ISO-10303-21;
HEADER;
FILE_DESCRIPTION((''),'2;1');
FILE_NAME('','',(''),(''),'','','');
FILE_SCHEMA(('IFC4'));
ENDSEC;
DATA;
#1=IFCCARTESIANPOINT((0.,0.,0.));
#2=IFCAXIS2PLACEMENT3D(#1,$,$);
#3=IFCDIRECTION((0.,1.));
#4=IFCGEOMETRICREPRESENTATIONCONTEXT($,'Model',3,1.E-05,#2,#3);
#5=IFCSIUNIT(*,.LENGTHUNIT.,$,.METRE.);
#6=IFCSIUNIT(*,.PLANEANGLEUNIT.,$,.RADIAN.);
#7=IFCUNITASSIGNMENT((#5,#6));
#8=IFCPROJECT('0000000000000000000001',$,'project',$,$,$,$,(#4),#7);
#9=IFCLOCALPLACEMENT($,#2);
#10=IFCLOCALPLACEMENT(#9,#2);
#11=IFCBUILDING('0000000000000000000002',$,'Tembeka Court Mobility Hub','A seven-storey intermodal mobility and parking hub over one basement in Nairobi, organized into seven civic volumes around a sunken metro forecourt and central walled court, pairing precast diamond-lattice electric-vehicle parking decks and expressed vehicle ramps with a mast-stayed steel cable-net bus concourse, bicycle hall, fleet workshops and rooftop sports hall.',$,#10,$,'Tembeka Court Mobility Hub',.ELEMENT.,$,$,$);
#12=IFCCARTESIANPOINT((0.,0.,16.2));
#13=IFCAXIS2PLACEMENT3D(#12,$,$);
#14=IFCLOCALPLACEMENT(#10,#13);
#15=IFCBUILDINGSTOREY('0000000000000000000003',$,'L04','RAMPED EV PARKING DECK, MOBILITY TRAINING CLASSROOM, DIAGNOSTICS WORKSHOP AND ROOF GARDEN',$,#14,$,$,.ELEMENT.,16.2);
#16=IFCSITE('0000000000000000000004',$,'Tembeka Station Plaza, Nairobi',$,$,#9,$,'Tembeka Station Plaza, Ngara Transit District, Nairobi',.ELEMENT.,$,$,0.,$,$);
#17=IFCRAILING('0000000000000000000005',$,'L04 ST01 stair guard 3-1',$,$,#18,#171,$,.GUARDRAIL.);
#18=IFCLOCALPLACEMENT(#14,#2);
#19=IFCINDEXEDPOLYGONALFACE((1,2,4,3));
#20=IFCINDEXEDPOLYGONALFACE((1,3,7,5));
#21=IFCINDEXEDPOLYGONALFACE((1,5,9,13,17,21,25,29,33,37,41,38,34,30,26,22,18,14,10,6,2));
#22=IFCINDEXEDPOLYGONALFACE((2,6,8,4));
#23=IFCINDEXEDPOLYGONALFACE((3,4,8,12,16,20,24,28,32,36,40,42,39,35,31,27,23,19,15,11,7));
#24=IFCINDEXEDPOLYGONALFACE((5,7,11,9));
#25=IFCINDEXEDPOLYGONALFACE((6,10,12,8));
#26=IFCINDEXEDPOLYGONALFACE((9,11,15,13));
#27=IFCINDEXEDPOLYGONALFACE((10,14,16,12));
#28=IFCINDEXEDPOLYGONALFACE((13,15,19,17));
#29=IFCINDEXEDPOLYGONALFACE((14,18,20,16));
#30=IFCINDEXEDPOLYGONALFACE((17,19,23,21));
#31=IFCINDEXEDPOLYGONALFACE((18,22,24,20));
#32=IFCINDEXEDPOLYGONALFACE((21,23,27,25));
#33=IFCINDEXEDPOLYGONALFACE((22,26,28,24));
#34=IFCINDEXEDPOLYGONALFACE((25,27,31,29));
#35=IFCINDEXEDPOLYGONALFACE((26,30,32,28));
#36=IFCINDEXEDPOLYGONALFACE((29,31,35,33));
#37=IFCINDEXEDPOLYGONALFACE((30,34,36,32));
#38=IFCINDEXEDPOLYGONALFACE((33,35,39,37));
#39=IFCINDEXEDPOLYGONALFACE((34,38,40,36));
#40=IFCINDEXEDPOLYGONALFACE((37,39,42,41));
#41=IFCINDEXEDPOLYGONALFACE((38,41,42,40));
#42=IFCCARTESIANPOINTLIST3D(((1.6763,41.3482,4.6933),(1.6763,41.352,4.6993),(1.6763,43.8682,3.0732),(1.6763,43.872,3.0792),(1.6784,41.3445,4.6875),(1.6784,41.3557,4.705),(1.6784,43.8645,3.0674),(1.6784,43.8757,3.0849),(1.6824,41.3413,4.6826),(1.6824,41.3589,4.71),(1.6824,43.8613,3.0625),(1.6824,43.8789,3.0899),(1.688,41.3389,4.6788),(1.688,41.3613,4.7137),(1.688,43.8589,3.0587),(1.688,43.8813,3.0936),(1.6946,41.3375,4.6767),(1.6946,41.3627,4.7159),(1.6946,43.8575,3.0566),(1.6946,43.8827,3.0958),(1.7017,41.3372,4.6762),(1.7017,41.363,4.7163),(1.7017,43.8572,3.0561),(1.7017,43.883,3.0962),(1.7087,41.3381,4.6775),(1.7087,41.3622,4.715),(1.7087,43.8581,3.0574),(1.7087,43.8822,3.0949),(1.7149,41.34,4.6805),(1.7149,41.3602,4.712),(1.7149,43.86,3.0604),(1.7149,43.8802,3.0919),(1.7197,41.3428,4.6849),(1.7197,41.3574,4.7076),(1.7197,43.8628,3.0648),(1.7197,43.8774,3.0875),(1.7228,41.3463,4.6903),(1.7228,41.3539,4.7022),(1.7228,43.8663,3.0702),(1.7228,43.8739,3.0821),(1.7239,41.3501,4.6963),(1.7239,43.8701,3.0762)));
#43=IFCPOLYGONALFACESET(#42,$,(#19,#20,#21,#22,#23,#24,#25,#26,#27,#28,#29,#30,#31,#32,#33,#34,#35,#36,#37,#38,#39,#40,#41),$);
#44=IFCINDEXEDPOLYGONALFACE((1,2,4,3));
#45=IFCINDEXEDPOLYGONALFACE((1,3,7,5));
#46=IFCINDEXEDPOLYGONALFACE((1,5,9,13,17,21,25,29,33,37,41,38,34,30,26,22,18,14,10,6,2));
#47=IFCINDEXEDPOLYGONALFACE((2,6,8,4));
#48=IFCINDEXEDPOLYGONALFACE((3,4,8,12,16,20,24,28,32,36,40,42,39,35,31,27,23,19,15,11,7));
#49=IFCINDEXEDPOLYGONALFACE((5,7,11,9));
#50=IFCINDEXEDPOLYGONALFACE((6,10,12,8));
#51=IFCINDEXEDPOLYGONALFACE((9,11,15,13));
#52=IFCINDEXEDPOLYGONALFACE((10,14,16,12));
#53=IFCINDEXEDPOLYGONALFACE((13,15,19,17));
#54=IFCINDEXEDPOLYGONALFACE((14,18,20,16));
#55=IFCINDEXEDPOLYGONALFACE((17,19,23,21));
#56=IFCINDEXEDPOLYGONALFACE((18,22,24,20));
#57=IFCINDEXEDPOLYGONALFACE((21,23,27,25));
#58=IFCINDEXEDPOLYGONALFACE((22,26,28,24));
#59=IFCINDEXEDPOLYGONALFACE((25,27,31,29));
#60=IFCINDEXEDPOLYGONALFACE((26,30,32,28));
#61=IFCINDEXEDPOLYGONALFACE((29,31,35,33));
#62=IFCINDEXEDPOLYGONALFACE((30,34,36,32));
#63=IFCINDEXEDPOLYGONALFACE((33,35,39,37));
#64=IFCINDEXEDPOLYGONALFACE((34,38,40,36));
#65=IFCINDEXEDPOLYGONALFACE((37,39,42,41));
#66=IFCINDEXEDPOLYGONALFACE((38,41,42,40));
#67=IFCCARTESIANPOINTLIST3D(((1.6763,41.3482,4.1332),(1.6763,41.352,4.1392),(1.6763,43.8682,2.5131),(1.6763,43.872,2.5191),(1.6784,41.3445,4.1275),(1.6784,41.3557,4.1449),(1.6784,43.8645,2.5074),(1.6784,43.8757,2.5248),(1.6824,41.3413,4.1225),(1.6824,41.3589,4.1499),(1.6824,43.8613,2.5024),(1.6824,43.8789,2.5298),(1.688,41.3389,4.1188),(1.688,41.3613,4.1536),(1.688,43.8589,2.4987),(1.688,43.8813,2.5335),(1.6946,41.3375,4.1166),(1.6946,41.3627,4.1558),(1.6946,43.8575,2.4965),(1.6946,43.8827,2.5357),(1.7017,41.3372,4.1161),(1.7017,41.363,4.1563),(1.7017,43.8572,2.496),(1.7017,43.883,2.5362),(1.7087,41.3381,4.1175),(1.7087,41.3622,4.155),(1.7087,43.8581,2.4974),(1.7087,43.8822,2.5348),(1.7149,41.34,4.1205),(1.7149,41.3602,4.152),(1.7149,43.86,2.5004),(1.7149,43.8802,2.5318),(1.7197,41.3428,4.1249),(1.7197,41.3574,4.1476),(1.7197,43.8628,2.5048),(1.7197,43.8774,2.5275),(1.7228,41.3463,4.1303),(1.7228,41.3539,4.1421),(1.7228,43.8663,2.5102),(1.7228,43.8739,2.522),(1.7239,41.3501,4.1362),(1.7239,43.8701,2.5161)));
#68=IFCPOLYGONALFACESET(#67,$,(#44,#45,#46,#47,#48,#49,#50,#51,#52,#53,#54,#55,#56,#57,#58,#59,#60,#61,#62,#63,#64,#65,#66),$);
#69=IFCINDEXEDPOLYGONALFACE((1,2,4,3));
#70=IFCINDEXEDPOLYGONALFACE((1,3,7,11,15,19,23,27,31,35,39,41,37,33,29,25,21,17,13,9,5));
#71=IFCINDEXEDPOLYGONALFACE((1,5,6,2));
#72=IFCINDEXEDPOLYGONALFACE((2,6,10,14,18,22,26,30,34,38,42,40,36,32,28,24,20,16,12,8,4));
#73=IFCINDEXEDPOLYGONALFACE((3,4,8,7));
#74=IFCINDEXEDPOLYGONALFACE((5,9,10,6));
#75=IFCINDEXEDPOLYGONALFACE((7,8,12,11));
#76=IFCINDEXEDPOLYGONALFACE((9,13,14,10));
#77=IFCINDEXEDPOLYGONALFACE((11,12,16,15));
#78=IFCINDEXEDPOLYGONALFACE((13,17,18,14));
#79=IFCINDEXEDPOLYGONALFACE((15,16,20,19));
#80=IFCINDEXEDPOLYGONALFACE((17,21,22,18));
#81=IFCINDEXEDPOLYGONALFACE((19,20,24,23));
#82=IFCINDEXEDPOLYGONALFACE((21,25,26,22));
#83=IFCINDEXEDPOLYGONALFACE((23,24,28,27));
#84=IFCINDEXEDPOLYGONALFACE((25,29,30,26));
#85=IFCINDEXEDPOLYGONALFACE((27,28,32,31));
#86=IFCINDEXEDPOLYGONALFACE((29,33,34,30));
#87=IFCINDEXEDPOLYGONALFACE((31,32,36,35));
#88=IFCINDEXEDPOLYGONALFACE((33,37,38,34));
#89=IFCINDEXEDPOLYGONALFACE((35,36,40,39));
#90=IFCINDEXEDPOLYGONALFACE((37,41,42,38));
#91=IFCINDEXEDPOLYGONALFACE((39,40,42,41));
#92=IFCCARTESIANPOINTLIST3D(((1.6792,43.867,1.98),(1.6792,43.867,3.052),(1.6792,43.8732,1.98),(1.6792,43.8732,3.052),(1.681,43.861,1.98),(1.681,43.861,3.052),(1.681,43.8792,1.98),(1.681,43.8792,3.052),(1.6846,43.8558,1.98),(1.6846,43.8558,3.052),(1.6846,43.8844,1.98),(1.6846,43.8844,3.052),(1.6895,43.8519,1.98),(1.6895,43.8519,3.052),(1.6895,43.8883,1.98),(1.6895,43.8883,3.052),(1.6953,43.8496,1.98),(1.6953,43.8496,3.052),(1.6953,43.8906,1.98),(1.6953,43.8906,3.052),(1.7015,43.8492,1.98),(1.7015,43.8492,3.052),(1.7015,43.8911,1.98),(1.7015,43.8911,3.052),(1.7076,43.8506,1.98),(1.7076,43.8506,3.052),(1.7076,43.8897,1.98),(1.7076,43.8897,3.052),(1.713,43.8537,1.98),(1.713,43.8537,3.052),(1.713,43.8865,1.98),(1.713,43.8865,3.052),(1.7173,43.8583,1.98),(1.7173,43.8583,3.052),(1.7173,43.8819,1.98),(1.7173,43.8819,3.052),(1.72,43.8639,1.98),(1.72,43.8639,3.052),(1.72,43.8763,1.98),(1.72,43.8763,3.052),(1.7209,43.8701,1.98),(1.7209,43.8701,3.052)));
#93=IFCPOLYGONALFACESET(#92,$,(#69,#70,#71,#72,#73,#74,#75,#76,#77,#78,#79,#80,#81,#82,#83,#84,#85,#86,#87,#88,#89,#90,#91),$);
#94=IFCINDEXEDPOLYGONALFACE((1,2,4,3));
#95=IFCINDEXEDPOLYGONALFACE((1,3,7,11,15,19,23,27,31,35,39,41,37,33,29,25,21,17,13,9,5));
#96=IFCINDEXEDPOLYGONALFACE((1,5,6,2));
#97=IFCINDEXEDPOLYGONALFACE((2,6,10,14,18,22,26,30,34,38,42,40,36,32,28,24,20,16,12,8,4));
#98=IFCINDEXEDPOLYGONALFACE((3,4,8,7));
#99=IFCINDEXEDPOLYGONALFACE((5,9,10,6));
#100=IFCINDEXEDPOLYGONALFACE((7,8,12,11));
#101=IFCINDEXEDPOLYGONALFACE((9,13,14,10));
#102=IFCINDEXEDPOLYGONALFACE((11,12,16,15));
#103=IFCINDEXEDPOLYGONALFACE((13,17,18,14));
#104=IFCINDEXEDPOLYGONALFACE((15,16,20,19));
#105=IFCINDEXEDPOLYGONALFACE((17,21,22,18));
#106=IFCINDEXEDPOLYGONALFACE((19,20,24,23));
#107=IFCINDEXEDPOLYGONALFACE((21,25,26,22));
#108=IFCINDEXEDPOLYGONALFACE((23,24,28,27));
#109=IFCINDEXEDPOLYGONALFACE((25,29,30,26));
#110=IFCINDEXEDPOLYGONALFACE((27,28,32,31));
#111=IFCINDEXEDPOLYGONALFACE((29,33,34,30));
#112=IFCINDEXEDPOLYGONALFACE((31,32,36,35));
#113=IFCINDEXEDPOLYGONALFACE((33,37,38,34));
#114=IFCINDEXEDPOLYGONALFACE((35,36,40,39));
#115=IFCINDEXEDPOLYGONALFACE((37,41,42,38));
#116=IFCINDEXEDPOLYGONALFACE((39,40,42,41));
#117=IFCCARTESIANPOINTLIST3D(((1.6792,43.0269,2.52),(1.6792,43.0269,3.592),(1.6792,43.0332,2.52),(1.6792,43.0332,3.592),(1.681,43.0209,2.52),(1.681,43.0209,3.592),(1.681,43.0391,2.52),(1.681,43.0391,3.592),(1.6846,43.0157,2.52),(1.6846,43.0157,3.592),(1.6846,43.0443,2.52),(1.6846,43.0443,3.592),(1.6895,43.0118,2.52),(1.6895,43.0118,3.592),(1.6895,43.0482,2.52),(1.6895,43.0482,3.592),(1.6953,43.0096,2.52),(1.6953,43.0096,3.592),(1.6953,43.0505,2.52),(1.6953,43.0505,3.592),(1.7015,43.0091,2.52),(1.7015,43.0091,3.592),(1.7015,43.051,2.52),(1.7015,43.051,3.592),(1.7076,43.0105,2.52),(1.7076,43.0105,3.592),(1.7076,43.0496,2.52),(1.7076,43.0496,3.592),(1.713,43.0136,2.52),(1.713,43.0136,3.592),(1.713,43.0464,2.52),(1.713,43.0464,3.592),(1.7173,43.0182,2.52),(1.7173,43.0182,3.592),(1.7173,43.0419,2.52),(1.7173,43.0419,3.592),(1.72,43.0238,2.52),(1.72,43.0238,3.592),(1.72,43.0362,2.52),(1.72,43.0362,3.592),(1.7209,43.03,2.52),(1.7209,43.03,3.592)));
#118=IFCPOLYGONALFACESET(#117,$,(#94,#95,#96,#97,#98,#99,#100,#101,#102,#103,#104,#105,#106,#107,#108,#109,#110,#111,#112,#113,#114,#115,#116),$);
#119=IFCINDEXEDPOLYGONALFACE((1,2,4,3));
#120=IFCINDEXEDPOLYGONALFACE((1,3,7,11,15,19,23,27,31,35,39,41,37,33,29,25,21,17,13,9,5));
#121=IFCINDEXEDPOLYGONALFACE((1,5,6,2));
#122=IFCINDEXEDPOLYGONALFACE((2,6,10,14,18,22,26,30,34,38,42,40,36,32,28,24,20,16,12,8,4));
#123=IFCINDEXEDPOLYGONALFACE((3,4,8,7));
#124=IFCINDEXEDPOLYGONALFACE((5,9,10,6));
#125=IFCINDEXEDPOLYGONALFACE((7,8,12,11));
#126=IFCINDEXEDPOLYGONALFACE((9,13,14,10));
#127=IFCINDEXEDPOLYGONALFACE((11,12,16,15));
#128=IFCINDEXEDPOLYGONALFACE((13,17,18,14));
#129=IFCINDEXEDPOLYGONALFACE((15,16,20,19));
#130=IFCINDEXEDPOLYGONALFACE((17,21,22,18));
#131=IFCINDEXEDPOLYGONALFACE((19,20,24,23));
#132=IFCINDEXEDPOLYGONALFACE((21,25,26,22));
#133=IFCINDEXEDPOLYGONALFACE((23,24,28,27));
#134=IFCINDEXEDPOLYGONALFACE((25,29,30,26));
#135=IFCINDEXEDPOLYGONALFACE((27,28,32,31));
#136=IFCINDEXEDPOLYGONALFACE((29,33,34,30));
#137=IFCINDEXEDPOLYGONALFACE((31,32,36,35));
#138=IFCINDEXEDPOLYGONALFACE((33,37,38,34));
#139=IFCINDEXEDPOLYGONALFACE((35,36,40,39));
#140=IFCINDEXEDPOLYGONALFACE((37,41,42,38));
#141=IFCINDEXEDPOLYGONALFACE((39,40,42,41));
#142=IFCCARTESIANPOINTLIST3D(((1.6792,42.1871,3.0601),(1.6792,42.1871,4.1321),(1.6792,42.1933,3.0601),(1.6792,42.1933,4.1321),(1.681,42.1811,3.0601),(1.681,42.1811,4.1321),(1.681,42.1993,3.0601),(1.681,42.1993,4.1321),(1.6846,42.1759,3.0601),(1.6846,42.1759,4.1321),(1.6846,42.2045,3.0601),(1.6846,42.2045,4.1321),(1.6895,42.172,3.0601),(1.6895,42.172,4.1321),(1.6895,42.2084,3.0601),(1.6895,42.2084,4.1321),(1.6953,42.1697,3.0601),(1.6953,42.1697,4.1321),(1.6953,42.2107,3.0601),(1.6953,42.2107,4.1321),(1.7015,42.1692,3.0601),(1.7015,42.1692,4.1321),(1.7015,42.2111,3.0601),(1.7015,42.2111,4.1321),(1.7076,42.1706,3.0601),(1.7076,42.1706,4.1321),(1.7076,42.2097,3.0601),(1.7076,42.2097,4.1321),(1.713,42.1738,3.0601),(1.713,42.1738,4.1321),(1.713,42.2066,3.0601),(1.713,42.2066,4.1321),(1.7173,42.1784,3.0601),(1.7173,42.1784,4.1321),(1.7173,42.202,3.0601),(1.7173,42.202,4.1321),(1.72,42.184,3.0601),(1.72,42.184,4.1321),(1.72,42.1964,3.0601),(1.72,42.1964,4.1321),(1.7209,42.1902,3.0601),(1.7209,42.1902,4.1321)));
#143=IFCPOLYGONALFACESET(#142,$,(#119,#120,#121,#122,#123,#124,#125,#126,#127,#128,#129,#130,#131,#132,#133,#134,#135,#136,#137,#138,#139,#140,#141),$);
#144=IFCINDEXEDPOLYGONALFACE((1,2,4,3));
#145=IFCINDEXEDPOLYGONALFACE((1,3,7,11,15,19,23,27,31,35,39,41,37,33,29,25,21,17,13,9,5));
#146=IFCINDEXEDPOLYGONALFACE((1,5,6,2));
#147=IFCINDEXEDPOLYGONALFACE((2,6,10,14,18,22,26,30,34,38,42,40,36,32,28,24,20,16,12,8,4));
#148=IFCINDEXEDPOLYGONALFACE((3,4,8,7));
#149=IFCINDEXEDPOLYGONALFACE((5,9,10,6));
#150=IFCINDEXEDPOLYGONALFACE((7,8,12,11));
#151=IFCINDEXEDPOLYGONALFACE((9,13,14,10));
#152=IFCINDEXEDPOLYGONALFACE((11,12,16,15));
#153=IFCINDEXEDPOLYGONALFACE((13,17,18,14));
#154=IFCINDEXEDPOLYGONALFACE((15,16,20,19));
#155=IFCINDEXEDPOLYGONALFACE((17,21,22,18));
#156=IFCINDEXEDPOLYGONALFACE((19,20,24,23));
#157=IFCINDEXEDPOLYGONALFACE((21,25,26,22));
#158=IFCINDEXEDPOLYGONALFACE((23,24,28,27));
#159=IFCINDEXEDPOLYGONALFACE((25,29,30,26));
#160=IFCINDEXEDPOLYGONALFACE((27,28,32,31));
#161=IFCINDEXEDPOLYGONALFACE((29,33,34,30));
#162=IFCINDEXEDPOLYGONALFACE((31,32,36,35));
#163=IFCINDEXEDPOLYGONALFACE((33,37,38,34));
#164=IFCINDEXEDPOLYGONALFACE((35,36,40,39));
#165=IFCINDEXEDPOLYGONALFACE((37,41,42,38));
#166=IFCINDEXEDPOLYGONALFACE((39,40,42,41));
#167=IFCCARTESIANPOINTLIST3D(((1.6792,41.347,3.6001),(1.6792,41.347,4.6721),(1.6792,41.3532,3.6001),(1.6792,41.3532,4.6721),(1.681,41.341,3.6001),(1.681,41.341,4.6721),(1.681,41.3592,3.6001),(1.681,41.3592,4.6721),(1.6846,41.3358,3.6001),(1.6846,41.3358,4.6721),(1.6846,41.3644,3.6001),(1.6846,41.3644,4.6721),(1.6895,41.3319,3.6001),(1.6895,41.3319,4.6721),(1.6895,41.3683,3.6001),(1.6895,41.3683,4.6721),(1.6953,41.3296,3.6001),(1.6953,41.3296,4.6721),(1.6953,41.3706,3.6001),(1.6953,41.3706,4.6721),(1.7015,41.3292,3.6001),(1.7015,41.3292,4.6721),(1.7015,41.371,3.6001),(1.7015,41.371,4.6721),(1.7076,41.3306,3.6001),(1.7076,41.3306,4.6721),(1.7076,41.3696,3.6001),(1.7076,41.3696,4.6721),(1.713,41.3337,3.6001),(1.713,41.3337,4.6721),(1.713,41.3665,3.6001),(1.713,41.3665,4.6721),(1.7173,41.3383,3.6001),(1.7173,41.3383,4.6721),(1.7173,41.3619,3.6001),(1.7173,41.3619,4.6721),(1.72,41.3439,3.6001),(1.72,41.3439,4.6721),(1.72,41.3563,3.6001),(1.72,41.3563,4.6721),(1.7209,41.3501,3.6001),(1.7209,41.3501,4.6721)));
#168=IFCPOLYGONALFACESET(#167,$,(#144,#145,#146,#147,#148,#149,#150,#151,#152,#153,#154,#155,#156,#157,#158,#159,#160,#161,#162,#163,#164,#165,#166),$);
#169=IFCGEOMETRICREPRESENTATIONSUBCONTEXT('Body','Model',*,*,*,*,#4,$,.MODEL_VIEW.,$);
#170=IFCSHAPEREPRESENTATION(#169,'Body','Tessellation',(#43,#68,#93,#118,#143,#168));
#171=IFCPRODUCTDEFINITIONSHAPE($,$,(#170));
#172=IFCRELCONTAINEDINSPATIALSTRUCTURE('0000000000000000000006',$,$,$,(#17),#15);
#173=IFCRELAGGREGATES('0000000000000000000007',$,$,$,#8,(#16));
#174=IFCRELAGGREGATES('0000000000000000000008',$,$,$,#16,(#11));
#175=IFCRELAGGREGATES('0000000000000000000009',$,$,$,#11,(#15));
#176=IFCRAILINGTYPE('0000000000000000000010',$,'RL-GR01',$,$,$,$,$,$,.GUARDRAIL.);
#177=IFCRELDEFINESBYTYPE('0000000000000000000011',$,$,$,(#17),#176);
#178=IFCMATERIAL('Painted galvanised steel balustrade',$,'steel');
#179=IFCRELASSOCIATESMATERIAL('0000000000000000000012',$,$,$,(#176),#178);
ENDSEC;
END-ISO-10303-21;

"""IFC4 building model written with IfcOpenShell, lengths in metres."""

from ifc_helpers import new_model, si_unit, direction, frame, origin, origin_2d, place, context, subcontext, project, spatial, circle, extrude, material, type_object, element, save


model = new_model("IFC4")

# Units and contexts
model_context = context("Model", 3, precision=1e-05, world=origin(), true_north=direction((0.0, 1.0)))
body_context = subcontext(model_context, "Body", "Model", "MODEL_VIEW")
ifc_project = project(units=[si_unit("LENGTHUNIT", "METRE"), si_unit("PLANEANGLEUNIT", "RADIAN")], contexts=[model_context])

# Site, building, storey
site_placement = place(None, origin())
site = spatial("IfcSite", under=ifc_project, at=site_placement, Name="Tembeka Station Plaza, Nairobi", LongName="Tembeka Station Plaza, Ngara Transit District, Nairobi", CompositionType="ELEMENT", RefElevation=0.0)
building_placement = place(site_placement, origin())
building = spatial("IfcBuilding", under=site, at=building_placement, Name="Tembeka Court Mobility Hub", Description="A seven-storey intermodal mobility and parking hub over one basement in Nairobi, organized into seven civic volumes around a sunken metro forecourt and central walled court, pairing precast diamond-lattice electric-vehicle parking decks and expressed vehicle ramps with a mast-stayed steel cable-net bus concourse, bicycle hall, fleet workshops and rooftop sports hall.", LongName="Tembeka Court Mobility Hub", CompositionType="ELEMENT")
storey_placement = place(building_placement, frame((0.0, 0.0, 16.2)))
storey = spatial("IfcBuildingStorey", under=building, at=storey_placement, Name="L04", Description="RAMPED EV PARKING DECK, MOBILITY TRAINING CLASSROOM, DIAGNOSTICS WORKSHOP AND ROOF GARDEN", CompositionType="ELEMENT", Elevation=16.2)

# Railing
ifc_material_1 = material(Name="Painted galvanised steel balustrade", Category="steel")
railing_type_1 = type_object("IfcRailingType", Name="RL-GR01", PredefinedType="GUARDRAIL", material=ifc_material_1)
railing_1_placement = place(storey_placement, frame((1.7, 43.8701, 1.98)))
element("IfcRailing", 1, at=railing_1_placement, inside=storey, type_object=railing_type_1, Name="L04 ST01 stair guard 3-1", PredefinedType="GUARDRAIL", context=body_context, shape_type="SweptSolid", body=[
    extrude(circle(Radius=0.0239, at=origin_2d()), frame((0.0, 0.0, 1.0962), z_axis=(0.0, -0.841163, 0.540782), x_axis=(1.0, 0.0, 0.0)), (0.0, 0.0, 1.0), 2.9958),
    extrude(circle(Radius=0.0239, at=origin_2d()), frame((0.0, 0.0, 0.5361), z_axis=(0.0, -0.841163, 0.540782), x_axis=(1.0, 0.0, 0.0)), (0.0, 0.0, 1.0), 2.9958),
    extrude(circle(Radius=0.021, at=origin_2d()), origin(), (0.0, 0.0, 1.0), 1.072),
    extrude(circle(Radius=0.021, at=origin_2d()), frame((0.0, -0.8401, 0.54)), (0.0, 0.0, 1.0), 1.072),
    extrude(circle(Radius=0.021, at=origin_2d()), frame((0.0, -1.6799, 1.0801)), (0.0, 0.0, 1.0), 1.072),
    extrude(circle(Radius=0.021, at=origin_2d()), frame((0.0, -2.52, 1.6201)), (0.0, 0.0, 1.0), 1.072),
])

save(model, "model.ifc")
